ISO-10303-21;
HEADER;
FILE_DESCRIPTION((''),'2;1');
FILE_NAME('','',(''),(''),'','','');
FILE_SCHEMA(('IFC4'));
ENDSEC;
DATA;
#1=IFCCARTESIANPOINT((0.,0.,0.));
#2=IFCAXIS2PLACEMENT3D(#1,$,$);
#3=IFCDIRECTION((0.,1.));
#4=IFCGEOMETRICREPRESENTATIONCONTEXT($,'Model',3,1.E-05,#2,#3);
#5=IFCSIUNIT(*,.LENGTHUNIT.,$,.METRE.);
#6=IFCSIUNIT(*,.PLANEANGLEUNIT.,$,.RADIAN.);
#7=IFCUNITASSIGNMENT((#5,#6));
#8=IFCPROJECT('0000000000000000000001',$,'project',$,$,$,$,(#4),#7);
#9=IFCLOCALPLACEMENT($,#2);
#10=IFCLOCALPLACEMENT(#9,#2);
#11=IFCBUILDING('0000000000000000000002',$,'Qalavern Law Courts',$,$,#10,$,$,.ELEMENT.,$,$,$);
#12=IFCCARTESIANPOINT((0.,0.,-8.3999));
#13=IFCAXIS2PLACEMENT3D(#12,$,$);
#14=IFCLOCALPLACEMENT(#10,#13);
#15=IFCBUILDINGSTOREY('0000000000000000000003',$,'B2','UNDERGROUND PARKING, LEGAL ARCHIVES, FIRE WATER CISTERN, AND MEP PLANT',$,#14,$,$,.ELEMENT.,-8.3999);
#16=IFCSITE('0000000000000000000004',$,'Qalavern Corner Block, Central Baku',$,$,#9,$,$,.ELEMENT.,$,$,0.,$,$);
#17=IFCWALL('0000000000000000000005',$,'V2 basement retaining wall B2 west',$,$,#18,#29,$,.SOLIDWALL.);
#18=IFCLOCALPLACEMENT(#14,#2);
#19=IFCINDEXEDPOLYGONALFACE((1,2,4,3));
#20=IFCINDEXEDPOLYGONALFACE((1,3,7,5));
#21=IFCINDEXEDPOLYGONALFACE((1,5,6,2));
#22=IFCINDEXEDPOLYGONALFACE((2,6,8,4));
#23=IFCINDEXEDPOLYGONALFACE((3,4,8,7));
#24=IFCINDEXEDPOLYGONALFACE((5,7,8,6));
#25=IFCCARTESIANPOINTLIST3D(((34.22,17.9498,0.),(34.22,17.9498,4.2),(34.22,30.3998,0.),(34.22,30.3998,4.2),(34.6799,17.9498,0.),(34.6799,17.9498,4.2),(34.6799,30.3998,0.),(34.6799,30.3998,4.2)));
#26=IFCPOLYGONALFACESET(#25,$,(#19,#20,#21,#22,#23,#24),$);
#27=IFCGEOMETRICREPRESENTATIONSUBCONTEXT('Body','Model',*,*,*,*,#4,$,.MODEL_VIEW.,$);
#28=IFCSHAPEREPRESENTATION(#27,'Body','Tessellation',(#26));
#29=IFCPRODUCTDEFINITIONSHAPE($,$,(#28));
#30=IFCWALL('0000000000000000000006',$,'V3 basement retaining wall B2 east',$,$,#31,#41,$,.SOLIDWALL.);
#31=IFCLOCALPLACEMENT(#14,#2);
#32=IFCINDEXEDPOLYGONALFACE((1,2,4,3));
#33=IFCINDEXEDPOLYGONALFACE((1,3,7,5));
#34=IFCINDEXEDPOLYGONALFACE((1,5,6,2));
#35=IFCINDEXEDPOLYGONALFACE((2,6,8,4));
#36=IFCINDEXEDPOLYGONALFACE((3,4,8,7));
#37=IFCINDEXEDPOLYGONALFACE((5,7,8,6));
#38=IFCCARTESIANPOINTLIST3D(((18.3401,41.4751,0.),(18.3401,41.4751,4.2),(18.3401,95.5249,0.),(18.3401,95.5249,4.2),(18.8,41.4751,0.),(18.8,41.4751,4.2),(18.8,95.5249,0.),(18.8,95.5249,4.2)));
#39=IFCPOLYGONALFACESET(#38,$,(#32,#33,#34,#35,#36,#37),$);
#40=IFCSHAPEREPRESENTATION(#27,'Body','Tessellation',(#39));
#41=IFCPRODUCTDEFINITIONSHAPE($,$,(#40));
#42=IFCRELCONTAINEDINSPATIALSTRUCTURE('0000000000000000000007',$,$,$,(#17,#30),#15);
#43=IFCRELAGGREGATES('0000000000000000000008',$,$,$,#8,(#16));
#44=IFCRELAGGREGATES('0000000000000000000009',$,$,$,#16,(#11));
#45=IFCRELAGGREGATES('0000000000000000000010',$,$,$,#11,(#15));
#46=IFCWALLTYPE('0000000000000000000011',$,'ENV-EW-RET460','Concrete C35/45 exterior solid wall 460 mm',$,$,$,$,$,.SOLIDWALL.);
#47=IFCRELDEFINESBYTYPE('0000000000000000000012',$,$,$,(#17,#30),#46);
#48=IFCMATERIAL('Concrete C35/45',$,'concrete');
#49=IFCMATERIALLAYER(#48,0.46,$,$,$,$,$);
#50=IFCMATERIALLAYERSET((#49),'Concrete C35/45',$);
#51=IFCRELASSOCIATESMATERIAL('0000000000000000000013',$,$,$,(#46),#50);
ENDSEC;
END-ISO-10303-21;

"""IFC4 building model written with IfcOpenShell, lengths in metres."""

from ifc_helpers import new_model, si_unit, direction, frame, frame_2d, origin, place, context, subcontext, project, spatial, rectangle, extrude, material, layer, layer_set, type_object, element, save


model = new_model("IFC4")

# Units and contexts
model_context = context("Model", 3, precision=1e-05, world=origin(), true_north=direction((0.0, 1.0)))
body_context = subcontext(model_context, "Body", "Model", "MODEL_VIEW")
ifc_project = project(units=[si_unit("LENGTHUNIT", "METRE"), si_unit("PLANEANGLEUNIT", "RADIAN")], contexts=[model_context])

# Site, building, storey
site_placement = place(None, origin())
site = spatial("IfcSite", under=ifc_project, at=site_placement, Name="Qalavern Corner Block, Central Baku", CompositionType="ELEMENT", RefElevation=0.0)
building_placement = place(site_placement, origin())
building = spatial("IfcBuilding", under=site, at=building_placement, Name="Qalavern Law Courts", CompositionType="ELEMENT")
storey_placement = place(building_placement, frame((0.0, 0.0, -8.3999)))
storey = spatial("IfcBuildingStorey", under=building, at=storey_placement, Name="B2", Description="UNDERGROUND PARKING, LEGAL ARCHIVES, FIRE WATER CISTERN, AND MEP PLANT", CompositionType="ELEMENT", Elevation=-8.3999)

# Shared definitions
ifc_material_1 = material(Name="Concrete C35/45", Category="concrete")

# Walls
ifc_layer = layer(ifc_material_1, 0.46)
ifc_layer_set = layer_set([ifc_layer], Name="Concrete C35/45")
wall_type = type_object("IfcWallType", Name="ENV-EW-RET460", Description="Concrete C35/45 exterior solid wall 460 mm", PredefinedType="SOLIDWALL", material=ifc_layer_set)
wall_1_placement = place(storey_placement, frame((34.45, 30.3999, 0.0), z_axis=(0.0, 0.0, 1.0), x_axis=(0.0, -1.0, 0.0)))
element("IfcWall", 1, at=wall_1_placement, inside=storey, type_object=wall_type, Name="V2 basement retaining wall B2 west", PredefinedType="SOLIDWALL", context=body_context, shape_type="SweptSolid", body=[
    extrude(rectangle(XDim=12.45, YDim=0.46, at=frame_2d((6.2251, 0.0))), origin(), (0.0, 0.0, 1.0), 4.2),
])
wall_2_placement = place(storey_placement, frame((18.5701, 41.4751, 0.0), z_axis=(0.0, 0.0, 1.0), x_axis=(0.0, 1.0, 0.0)))
element("IfcWall", 2, at=wall_2_placement, inside=storey, type_object=wall_type, Name="V3 basement retaining wall B2 east", PredefinedType="SOLIDWALL", context=body_context, shape_type="SweptSolid", body=[
    extrude(rectangle(XDim=54.0498, YDim=0.46, at=frame_2d((27.0249, 0.0))), origin(), (0.0, 0.0, 1.0), 4.2),
])

save(model, "model.ifc")
